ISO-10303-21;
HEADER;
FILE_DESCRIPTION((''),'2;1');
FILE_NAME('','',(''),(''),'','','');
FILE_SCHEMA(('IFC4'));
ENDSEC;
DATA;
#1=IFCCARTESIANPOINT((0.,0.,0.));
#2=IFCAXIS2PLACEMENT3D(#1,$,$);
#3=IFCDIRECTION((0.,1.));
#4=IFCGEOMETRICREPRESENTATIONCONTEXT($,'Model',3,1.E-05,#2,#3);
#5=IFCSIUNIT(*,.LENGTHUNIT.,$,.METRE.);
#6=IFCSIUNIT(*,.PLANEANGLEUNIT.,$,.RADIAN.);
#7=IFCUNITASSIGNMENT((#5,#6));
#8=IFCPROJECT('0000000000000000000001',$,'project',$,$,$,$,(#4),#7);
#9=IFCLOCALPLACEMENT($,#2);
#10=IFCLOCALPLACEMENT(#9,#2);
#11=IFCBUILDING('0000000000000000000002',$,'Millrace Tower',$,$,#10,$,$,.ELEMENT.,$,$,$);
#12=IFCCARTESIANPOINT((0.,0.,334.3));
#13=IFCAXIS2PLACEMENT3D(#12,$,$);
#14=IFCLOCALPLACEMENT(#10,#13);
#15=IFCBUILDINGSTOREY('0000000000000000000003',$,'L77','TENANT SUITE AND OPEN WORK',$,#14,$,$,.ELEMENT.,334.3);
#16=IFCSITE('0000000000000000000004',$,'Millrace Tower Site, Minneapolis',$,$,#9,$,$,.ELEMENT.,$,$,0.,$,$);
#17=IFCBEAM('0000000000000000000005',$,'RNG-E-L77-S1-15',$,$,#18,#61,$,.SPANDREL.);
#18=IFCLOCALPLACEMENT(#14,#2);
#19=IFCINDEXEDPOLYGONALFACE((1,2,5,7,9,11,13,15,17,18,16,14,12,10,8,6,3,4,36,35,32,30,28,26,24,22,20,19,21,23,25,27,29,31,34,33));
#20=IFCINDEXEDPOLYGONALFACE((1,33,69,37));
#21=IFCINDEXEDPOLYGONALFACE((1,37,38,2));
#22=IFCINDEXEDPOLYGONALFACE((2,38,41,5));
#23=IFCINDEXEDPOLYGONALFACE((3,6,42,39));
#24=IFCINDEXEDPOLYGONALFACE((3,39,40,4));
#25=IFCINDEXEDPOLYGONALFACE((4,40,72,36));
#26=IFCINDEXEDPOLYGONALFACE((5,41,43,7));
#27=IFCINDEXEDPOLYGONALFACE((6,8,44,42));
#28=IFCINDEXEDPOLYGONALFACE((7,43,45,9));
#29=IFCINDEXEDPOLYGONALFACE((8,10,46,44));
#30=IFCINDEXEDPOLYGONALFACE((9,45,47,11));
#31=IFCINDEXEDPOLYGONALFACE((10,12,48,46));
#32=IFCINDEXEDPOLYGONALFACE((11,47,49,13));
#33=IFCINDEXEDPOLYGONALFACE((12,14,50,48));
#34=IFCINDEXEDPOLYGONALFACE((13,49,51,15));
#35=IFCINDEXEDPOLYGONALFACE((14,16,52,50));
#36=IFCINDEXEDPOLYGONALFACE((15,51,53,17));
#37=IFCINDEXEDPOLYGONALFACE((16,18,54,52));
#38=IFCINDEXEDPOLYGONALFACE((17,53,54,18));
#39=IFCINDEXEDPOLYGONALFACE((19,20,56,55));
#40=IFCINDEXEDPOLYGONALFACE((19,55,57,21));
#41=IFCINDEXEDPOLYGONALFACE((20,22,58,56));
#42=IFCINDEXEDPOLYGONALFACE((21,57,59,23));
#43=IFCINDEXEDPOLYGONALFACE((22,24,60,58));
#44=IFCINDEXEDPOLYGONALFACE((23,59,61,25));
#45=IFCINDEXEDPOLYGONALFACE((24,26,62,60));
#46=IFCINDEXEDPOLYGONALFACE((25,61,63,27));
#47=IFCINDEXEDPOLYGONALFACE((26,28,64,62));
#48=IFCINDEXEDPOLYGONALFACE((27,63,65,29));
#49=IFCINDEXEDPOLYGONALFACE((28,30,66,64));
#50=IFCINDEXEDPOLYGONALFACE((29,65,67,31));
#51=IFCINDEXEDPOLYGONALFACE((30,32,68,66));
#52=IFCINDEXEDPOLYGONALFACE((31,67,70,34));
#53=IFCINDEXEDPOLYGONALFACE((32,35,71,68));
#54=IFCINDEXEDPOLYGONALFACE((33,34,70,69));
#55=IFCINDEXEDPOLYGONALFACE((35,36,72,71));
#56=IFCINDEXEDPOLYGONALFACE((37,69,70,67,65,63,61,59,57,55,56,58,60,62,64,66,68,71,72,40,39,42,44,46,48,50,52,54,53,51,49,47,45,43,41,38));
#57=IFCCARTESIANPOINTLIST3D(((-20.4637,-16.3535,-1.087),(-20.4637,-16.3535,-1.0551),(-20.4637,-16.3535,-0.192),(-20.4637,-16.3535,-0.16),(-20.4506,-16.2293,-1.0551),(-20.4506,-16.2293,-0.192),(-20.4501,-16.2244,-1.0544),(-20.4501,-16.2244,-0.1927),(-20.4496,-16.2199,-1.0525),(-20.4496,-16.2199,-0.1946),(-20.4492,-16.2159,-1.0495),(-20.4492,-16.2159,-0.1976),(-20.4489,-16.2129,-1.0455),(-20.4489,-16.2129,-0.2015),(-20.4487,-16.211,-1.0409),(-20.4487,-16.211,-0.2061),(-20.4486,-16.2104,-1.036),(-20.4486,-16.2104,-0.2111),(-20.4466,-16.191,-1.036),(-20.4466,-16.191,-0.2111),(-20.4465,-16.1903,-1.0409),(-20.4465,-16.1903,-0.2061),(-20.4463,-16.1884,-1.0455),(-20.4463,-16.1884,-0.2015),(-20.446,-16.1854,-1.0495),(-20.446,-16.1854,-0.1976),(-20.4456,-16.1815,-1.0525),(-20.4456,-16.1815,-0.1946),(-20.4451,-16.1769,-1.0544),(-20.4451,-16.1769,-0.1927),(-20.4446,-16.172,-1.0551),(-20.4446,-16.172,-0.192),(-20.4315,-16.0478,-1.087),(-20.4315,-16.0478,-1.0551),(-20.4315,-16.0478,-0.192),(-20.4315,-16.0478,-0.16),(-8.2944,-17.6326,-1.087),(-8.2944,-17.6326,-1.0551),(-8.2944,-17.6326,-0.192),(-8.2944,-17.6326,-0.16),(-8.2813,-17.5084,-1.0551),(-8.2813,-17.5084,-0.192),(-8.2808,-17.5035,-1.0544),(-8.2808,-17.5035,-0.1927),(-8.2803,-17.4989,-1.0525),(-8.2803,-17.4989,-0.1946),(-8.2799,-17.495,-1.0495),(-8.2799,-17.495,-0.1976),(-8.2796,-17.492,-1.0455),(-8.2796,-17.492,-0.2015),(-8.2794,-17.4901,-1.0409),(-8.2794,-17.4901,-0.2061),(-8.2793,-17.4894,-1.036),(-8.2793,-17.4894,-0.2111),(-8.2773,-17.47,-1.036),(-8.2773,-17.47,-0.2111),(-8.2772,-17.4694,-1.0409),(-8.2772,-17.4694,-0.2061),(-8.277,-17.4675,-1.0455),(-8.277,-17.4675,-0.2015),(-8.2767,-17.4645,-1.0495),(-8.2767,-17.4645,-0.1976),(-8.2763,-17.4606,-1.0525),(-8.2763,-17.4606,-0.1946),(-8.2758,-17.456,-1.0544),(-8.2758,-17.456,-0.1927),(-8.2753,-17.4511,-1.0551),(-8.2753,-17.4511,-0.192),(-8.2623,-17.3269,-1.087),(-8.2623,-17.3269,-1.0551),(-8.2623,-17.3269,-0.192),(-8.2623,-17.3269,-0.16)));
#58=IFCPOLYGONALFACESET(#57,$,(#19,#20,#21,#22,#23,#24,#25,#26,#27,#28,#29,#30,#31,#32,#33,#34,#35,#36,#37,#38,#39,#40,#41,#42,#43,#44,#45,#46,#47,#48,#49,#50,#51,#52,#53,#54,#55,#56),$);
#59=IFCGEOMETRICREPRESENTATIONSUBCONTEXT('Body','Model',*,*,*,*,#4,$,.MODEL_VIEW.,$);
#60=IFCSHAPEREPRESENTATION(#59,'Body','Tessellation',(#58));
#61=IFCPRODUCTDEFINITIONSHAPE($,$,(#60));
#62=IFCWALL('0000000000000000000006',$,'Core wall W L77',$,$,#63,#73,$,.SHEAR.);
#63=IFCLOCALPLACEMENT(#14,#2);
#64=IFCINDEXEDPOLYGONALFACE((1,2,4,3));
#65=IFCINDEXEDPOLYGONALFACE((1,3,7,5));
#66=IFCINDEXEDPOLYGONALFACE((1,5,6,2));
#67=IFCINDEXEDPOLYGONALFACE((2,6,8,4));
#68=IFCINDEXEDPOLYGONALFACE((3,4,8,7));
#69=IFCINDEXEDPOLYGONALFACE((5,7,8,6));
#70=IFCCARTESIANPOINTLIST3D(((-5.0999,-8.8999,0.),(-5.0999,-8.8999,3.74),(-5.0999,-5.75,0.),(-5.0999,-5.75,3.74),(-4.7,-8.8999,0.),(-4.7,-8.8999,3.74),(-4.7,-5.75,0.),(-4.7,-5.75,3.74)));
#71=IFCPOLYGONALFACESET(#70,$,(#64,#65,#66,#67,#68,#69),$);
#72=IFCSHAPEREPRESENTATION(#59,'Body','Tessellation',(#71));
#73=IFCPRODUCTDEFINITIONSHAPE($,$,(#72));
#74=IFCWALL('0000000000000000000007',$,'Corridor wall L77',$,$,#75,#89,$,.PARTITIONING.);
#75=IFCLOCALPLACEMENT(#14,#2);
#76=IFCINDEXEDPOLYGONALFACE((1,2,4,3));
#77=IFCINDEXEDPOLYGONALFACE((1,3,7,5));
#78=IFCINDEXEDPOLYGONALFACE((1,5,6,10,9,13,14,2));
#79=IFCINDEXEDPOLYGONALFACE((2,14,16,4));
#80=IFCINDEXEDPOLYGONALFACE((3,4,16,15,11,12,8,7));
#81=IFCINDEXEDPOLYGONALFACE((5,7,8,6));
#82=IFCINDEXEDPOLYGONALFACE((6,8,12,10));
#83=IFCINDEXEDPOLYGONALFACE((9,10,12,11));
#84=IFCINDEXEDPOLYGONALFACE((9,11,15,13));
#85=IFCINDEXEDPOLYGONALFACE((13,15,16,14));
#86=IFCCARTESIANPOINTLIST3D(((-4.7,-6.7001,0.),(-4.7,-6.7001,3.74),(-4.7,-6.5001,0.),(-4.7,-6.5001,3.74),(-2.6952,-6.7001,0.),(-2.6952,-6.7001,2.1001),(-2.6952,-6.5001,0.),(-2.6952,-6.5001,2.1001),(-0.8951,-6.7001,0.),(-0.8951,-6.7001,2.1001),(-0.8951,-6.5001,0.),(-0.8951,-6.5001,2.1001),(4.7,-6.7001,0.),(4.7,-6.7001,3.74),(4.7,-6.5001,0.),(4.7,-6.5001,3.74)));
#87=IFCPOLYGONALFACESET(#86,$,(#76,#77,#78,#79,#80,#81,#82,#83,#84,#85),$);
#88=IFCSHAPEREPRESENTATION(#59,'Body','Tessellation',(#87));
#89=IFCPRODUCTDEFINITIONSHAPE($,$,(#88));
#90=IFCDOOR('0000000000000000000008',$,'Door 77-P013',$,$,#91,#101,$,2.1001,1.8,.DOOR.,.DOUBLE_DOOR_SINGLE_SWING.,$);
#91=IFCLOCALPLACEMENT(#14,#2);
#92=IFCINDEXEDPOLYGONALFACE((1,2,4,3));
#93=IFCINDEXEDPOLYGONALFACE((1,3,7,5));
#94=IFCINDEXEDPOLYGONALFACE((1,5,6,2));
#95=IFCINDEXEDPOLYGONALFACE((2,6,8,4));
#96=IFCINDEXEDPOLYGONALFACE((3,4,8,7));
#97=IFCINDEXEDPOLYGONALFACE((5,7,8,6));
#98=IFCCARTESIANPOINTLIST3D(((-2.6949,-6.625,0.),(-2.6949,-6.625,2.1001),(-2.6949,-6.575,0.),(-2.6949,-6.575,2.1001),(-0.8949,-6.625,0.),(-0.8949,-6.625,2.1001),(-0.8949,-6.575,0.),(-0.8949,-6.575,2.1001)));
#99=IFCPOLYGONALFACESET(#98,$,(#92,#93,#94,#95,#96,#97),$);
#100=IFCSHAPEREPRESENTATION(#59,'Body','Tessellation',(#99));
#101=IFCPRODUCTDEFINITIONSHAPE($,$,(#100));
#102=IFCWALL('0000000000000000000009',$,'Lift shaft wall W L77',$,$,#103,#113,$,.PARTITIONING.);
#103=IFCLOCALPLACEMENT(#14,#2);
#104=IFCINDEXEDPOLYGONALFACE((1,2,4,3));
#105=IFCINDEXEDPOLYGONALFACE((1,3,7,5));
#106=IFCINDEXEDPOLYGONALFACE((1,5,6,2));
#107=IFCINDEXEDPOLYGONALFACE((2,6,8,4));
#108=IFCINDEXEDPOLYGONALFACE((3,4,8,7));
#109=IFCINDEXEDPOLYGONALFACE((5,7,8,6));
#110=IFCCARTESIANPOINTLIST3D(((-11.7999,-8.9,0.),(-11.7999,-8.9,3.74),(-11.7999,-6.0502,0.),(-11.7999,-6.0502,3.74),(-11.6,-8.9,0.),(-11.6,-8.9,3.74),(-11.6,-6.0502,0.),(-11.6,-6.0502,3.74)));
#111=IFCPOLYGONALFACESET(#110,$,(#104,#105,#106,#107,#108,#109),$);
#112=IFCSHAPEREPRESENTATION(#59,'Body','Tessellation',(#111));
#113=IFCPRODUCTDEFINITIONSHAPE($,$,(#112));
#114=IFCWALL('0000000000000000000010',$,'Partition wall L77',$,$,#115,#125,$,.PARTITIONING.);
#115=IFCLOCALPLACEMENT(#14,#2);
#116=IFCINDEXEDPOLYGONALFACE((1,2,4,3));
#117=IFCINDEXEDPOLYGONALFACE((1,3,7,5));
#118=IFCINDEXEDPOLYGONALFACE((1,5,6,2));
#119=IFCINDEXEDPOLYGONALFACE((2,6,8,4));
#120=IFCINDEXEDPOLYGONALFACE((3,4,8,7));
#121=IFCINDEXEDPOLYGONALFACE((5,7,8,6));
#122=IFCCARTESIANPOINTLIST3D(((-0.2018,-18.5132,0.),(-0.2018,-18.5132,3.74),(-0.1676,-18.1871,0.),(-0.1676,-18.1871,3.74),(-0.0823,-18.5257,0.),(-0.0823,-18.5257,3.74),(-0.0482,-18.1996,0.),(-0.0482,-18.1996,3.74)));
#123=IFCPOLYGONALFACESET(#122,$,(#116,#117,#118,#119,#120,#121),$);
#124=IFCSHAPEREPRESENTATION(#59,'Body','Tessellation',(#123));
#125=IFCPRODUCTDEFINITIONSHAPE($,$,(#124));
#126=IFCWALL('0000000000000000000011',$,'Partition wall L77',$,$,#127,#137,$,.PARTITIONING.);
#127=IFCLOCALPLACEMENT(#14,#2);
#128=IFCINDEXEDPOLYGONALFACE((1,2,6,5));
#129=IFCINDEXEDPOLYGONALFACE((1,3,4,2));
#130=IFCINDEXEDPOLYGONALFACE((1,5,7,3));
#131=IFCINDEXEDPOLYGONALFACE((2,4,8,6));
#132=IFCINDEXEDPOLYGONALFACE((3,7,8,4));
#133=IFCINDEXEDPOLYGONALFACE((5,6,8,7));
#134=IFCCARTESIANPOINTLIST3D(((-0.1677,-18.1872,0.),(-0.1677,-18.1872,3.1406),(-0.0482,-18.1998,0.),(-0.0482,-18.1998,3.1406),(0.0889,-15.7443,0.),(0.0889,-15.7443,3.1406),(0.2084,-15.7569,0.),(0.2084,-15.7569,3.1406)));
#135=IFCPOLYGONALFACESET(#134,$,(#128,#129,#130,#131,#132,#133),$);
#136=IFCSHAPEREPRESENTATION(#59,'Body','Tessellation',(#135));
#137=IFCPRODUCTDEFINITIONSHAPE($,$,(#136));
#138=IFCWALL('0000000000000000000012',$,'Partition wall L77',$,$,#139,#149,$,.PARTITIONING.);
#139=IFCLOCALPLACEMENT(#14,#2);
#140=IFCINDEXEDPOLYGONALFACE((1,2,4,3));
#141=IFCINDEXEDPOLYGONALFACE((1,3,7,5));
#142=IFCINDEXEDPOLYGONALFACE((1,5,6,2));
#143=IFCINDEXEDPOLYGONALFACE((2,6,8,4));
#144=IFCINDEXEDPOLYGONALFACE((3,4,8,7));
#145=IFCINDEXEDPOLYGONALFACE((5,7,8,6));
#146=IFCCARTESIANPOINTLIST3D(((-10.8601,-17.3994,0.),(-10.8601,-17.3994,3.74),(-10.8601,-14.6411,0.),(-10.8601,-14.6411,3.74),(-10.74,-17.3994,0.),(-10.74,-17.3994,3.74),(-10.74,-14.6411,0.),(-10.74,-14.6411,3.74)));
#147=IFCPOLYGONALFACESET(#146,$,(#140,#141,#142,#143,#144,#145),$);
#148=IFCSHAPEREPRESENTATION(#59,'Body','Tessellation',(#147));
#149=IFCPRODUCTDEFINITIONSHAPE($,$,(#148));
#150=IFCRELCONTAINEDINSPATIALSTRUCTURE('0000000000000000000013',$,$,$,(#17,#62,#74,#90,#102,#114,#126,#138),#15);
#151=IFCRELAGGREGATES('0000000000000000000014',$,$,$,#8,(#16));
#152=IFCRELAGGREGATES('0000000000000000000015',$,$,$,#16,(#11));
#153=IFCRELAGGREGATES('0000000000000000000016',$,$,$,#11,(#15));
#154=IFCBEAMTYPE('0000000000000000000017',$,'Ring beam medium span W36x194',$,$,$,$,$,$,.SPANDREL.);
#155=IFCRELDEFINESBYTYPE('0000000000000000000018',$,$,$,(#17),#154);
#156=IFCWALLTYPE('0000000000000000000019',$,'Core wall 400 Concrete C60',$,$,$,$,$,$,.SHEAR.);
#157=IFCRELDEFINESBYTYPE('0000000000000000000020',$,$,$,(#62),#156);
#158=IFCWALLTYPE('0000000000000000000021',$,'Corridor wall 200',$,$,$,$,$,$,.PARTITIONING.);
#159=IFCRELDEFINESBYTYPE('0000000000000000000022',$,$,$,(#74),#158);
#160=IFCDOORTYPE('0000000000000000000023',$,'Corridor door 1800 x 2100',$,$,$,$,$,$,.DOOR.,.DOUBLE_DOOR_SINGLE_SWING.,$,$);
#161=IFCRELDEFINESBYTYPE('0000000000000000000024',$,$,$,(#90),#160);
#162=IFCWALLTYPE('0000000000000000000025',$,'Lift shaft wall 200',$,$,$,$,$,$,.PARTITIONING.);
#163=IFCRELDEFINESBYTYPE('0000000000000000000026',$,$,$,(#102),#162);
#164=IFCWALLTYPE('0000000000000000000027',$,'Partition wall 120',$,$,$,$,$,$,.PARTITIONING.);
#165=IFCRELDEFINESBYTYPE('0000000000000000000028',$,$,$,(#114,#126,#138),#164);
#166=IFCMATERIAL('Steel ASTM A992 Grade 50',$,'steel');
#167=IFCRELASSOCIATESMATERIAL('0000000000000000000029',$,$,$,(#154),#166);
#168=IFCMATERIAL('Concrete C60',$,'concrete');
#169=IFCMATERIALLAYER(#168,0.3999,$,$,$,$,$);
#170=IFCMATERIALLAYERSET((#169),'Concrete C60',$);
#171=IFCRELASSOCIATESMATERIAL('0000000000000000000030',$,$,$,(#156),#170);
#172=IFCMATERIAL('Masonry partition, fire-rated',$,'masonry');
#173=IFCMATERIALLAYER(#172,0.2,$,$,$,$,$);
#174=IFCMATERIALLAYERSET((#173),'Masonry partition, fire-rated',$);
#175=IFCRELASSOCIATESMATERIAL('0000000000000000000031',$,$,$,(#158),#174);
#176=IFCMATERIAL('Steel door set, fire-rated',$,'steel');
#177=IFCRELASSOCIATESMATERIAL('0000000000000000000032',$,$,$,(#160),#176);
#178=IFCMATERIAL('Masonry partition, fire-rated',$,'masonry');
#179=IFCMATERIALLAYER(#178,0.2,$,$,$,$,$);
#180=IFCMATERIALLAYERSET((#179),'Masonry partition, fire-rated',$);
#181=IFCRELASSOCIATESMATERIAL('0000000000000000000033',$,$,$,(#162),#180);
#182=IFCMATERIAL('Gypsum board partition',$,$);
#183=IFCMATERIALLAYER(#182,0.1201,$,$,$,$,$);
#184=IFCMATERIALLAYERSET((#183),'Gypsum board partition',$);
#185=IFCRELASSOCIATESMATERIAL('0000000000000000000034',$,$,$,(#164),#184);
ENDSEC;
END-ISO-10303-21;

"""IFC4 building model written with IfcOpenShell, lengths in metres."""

from ifc_helpers import new_model, si_unit, direction, frame, frame_2d, origin, origin_2d, place, context, subcontext, project, spatial, rectangle, i_section, extrude, material, layer, layer_set, material_profile, profile_set, type_object, element, fill, save


model = new_model("IFC4")

# Units and contexts
model_context = context("Model", 3, precision=1e-05, world=origin(), true_north=direction((0.0, 1.0)))
body_context = subcontext(model_context, "Body", "Model", "MODEL_VIEW")
ifc_project = project(units=[si_unit("LENGTHUNIT", "METRE"), si_unit("PLANEANGLEUNIT", "RADIAN")], contexts=[model_context])

# Site, building, storey
site_placement = place(None, origin())
site = spatial("IfcSite", under=ifc_project, at=site_placement, Name="Millrace Tower Site, Minneapolis", CompositionType="ELEMENT", RefElevation=0.0)
building_placement = place(site_placement, origin())
building = spatial("IfcBuilding", under=site, at=building_placement, Name="Millrace Tower", CompositionType="ELEMENT")
storey_placement = place(building_placement, frame((0.0, 0.0, 334.3)))
storey = spatial("IfcBuildingStorey", under=building, at=storey_placement, Name="L77", Description="TENANT SUITE AND OPEN WORK", CompositionType="ELEMENT", Elevation=334.3)

# Beam
ifc_material_1 = material(Name="Steel ASTM A992 Grade 50", Category="steel")
ifc_material_profile_1 = material_profile(ifc_material_1, i_section(OverallWidth=0.3074, OverallDepth=0.927, WebThickness=0.0195, FlangeThickness=0.032, FilletRadius=0.019, at=origin_2d()))
ifc_profile_set_1 = profile_set([ifc_material_profile_1], Name="Steel ASTM A992 Grade 50")
beam_type_1 = type_object("IfcBeamType", Name="Ring beam medium span W36x194", PredefinedType="SPANDREL", material=ifc_profile_set_1)
beam_1_placement = place(storey_placement, frame((-8.2783, -17.4797, -0.6235), z_axis=(-0.994522, 0.10453, 0.0), x_axis=(-0.10453, -0.994522, 0.0)))
element("IfcBeam", 1, at=beam_1_placement, inside=storey, type_object=beam_type_1, Name="RNG-E-L77-S1-15", PredefinedType="SPANDREL", context=body_context, shape_type="SweptSolid", body=[
    extrude(i_section(OverallWidth=0.3074, OverallDepth=0.927, WebThickness=0.0195, FlangeThickness=0.032, FilletRadius=0.019, at=origin_2d()), origin(), (0.0, 0.0, 1.0), 12.2363),
])

# Wall
ifc_material_2 = material(Name="Concrete C60", Category="concrete")
ifc_layer_1 = layer(ifc_material_2, 0.3999)
ifc_layer_set_1 = layer_set([ifc_layer_1], Name="Concrete C60")
wall_type_1 = type_object("IfcWallType", Name="Core wall 400 Concrete C60", PredefinedType="SHEAR", material=ifc_layer_set_1)
wall_1_placement = place(storey_placement, frame((-4.8999, -8.8999, 0.0), z_axis=(0.0, 0.0, 1.0), x_axis=(0.0, 1.0, 0.0)))
element("IfcWall", 2, at=wall_1_placement, inside=storey, type_object=wall_type_1, Name="Core wall W L77", PredefinedType="SHEAR", context=body_context, shape_type="SweptSolid", body=[
    extrude(rectangle(XDim=3.1499, YDim=0.3999, at=frame_2d((1.575, 0.0))), origin(), (0.0, 0.0, 1.0), 3.74),
])

# Wall, opening, door
ifc_material_3 = material(Name="Masonry partition, fire-rated", Category="masonry")
ifc_layer_2 = layer(ifc_material_3, 0.2)
ifc_layer_set_2 = layer_set([ifc_layer_2], Name="Masonry partition, fire-rated")
wall_type_2 = type_object("IfcWallType", Name="Corridor wall 200", PredefinedType="PARTITIONING", material=ifc_layer_set_2)
wall_2_placement = place(storey_placement, frame((-4.7, -6.6001, 0.0), z_axis=(0.0, 0.0, 1.0), x_axis=(1.0, 0.0, 0.0)))
wall_2 = element("IfcWall", 3, at=wall_2_placement, inside=storey, type_object=wall_type_2, Name="Corridor wall L77", PredefinedType="PARTITIONING", context=body_context, shape_type="SweptSolid", body=[
    extrude(rectangle(XDim=9.3999, YDim=0.2, at=frame_2d((4.7, 0.0))), origin(), (0.0, 0.0, 1.0), 3.74),
])
opening_placement = place(wall_2_placement, frame((2.0049, 0.0, 0.0)))
opening = element("IfcOpeningElement", 4, at=opening_placement, cuts=wall_2, PredefinedType="OPENING", context=body_context, shape_type="SweptSolid", body=[
    extrude(rectangle(XDim=1.8, YDim=2.1001, at=frame_2d((0.8999, 1.05))), frame((0.0, 0.1099, 0.0), z_axis=(0.0, -1.0, 0.0), x_axis=(1.0, 0.0, 0.0)), (0.0, 0.0, 1.0), 0.22),
])
ifc_material_4 = material(Name="Steel door set, fire-rated", Category="steel")
door_type = type_object("IfcDoorType", Name="Corridor door 1800 x 2100", OperationType="DOUBLE_DOOR_SINGLE_SWING", PredefinedType="DOOR", material=ifc_material_4)
door_placement = place(opening_placement, frame((1.8, 0.0, 0.0), z_axis=(0.0, 0.0, 1.0), x_axis=(-1.0, 0.0, 0.0)))
door = element("IfcDoor", 5, at=door_placement, inside=storey, type_object=door_type, Name="Door 77-P013", OperationType="DOUBLE_DOOR_SINGLE_SWING", OverallHeight=2.1001, OverallWidth=1.8, PredefinedType="DOOR", context=body_context, shape_type="SweptSolid", body=[
    extrude(rectangle(XDim=1.8, YDim=2.1001, at=frame_2d((0.8999, 1.05))), frame((0.0, 0.0249, 0.0), z_axis=(0.0, -1.0, 0.0), x_axis=(1.0, 0.0, 0.0)), (0.0, 0.0, 1.0), 0.05),
])
fill(opening, door)

# Walls
ifc_material_5 = material(Name="Masonry partition, fire-rated", Category="masonry")
ifc_layer_3 = layer(ifc_material_5, 0.2)
ifc_layer_set_3 = layer_set([ifc_layer_3], Name="Masonry partition, fire-rated")
wall_type_3 = type_object("IfcWallType", Name="Lift shaft wall 200", PredefinedType="PARTITIONING", material=ifc_layer_set_3)
wall_3_placement = place(storey_placement, frame((-11.7, -8.8999, 0.0), z_axis=(0.0, 0.0, 1.0), x_axis=(0.0, 1.0, 0.0)))
element("IfcWall", 6, at=wall_3_placement, inside=storey, type_object=wall_type_3, Name="Lift shaft wall W L77", PredefinedType="PARTITIONING", context=body_context, shape_type="SweptSolid", body=[
    extrude(rectangle(XDim=2.8499, YDim=0.2, at=frame_2d((1.4248, 0.0))), origin(), (0.0, 0.0, 1.0), 3.74),
])
ifc_material_6 = material(Name="Gypsum board partition")
ifc_layer_4 = layer(ifc_material_6, 0.1201)
ifc_layer_set_4 = layer_set([ifc_layer_4], Name="Gypsum board partition")
wall_type_4 = type_object("IfcWallType", Name="Partition wall 120", PredefinedType="PARTITIONING", material=ifc_layer_set_4)
wall_4_placement = place(storey_placement, frame((-0.1421, -18.5195, 0.0), z_axis=(0.0, 0.0, 1.0), x_axis=(0.10422, 0.994554, 0.0)))
element("IfcWall", 7, at=wall_4_placement, inside=storey, type_object=wall_type_4, Name="Partition wall L77", PredefinedType="PARTITIONING", context=body_context, shape_type="SweptSolid", body=[
    extrude(rectangle(XDim=0.3279, YDim=0.1201, at=frame_2d((0.1641, 0.0))), origin(), (0.0, 0.0, 1.0), 3.74),
])
wall_5_placement = place(storey_placement, frame((-0.1079, -18.1934, 0.0), z_axis=(0.0, 0.0, 1.0), x_axis=(0.104462, 0.994529, 0.0)))
element("IfcWall", 8, at=wall_5_placement, inside=storey, type_object=wall_type_4, Name="Partition wall L77", PredefinedType="PARTITIONING", context=body_context, shape_type="SweptSolid", body=[
    extrude(rectangle(XDim=2.4563, YDim=0.1201, at=frame_2d((1.228, 0.0))), origin(), (0.0, 0.0, 1.0), 3.1406),
])
wall_6_placement = place(storey_placement, frame((-10.8, -17.3994, 0.0), z_axis=(0.0, 0.0, 1.0), x_axis=(0.0, 1.0, 0.0)))
element("IfcWall", 9, at=wall_6_placement, inside=storey, type_object=wall_type_4, Name="Partition wall L77", PredefinedType="PARTITIONING", context=body_context, shape_type="SweptSolid", body=[
    extrude(rectangle(XDim=2.7583, YDim=0.1201, at=frame_2d((1.3792, 0.0))), origin(), (0.0, 0.0, 1.0), 3.74),
])

save(model, "model.ifc")
